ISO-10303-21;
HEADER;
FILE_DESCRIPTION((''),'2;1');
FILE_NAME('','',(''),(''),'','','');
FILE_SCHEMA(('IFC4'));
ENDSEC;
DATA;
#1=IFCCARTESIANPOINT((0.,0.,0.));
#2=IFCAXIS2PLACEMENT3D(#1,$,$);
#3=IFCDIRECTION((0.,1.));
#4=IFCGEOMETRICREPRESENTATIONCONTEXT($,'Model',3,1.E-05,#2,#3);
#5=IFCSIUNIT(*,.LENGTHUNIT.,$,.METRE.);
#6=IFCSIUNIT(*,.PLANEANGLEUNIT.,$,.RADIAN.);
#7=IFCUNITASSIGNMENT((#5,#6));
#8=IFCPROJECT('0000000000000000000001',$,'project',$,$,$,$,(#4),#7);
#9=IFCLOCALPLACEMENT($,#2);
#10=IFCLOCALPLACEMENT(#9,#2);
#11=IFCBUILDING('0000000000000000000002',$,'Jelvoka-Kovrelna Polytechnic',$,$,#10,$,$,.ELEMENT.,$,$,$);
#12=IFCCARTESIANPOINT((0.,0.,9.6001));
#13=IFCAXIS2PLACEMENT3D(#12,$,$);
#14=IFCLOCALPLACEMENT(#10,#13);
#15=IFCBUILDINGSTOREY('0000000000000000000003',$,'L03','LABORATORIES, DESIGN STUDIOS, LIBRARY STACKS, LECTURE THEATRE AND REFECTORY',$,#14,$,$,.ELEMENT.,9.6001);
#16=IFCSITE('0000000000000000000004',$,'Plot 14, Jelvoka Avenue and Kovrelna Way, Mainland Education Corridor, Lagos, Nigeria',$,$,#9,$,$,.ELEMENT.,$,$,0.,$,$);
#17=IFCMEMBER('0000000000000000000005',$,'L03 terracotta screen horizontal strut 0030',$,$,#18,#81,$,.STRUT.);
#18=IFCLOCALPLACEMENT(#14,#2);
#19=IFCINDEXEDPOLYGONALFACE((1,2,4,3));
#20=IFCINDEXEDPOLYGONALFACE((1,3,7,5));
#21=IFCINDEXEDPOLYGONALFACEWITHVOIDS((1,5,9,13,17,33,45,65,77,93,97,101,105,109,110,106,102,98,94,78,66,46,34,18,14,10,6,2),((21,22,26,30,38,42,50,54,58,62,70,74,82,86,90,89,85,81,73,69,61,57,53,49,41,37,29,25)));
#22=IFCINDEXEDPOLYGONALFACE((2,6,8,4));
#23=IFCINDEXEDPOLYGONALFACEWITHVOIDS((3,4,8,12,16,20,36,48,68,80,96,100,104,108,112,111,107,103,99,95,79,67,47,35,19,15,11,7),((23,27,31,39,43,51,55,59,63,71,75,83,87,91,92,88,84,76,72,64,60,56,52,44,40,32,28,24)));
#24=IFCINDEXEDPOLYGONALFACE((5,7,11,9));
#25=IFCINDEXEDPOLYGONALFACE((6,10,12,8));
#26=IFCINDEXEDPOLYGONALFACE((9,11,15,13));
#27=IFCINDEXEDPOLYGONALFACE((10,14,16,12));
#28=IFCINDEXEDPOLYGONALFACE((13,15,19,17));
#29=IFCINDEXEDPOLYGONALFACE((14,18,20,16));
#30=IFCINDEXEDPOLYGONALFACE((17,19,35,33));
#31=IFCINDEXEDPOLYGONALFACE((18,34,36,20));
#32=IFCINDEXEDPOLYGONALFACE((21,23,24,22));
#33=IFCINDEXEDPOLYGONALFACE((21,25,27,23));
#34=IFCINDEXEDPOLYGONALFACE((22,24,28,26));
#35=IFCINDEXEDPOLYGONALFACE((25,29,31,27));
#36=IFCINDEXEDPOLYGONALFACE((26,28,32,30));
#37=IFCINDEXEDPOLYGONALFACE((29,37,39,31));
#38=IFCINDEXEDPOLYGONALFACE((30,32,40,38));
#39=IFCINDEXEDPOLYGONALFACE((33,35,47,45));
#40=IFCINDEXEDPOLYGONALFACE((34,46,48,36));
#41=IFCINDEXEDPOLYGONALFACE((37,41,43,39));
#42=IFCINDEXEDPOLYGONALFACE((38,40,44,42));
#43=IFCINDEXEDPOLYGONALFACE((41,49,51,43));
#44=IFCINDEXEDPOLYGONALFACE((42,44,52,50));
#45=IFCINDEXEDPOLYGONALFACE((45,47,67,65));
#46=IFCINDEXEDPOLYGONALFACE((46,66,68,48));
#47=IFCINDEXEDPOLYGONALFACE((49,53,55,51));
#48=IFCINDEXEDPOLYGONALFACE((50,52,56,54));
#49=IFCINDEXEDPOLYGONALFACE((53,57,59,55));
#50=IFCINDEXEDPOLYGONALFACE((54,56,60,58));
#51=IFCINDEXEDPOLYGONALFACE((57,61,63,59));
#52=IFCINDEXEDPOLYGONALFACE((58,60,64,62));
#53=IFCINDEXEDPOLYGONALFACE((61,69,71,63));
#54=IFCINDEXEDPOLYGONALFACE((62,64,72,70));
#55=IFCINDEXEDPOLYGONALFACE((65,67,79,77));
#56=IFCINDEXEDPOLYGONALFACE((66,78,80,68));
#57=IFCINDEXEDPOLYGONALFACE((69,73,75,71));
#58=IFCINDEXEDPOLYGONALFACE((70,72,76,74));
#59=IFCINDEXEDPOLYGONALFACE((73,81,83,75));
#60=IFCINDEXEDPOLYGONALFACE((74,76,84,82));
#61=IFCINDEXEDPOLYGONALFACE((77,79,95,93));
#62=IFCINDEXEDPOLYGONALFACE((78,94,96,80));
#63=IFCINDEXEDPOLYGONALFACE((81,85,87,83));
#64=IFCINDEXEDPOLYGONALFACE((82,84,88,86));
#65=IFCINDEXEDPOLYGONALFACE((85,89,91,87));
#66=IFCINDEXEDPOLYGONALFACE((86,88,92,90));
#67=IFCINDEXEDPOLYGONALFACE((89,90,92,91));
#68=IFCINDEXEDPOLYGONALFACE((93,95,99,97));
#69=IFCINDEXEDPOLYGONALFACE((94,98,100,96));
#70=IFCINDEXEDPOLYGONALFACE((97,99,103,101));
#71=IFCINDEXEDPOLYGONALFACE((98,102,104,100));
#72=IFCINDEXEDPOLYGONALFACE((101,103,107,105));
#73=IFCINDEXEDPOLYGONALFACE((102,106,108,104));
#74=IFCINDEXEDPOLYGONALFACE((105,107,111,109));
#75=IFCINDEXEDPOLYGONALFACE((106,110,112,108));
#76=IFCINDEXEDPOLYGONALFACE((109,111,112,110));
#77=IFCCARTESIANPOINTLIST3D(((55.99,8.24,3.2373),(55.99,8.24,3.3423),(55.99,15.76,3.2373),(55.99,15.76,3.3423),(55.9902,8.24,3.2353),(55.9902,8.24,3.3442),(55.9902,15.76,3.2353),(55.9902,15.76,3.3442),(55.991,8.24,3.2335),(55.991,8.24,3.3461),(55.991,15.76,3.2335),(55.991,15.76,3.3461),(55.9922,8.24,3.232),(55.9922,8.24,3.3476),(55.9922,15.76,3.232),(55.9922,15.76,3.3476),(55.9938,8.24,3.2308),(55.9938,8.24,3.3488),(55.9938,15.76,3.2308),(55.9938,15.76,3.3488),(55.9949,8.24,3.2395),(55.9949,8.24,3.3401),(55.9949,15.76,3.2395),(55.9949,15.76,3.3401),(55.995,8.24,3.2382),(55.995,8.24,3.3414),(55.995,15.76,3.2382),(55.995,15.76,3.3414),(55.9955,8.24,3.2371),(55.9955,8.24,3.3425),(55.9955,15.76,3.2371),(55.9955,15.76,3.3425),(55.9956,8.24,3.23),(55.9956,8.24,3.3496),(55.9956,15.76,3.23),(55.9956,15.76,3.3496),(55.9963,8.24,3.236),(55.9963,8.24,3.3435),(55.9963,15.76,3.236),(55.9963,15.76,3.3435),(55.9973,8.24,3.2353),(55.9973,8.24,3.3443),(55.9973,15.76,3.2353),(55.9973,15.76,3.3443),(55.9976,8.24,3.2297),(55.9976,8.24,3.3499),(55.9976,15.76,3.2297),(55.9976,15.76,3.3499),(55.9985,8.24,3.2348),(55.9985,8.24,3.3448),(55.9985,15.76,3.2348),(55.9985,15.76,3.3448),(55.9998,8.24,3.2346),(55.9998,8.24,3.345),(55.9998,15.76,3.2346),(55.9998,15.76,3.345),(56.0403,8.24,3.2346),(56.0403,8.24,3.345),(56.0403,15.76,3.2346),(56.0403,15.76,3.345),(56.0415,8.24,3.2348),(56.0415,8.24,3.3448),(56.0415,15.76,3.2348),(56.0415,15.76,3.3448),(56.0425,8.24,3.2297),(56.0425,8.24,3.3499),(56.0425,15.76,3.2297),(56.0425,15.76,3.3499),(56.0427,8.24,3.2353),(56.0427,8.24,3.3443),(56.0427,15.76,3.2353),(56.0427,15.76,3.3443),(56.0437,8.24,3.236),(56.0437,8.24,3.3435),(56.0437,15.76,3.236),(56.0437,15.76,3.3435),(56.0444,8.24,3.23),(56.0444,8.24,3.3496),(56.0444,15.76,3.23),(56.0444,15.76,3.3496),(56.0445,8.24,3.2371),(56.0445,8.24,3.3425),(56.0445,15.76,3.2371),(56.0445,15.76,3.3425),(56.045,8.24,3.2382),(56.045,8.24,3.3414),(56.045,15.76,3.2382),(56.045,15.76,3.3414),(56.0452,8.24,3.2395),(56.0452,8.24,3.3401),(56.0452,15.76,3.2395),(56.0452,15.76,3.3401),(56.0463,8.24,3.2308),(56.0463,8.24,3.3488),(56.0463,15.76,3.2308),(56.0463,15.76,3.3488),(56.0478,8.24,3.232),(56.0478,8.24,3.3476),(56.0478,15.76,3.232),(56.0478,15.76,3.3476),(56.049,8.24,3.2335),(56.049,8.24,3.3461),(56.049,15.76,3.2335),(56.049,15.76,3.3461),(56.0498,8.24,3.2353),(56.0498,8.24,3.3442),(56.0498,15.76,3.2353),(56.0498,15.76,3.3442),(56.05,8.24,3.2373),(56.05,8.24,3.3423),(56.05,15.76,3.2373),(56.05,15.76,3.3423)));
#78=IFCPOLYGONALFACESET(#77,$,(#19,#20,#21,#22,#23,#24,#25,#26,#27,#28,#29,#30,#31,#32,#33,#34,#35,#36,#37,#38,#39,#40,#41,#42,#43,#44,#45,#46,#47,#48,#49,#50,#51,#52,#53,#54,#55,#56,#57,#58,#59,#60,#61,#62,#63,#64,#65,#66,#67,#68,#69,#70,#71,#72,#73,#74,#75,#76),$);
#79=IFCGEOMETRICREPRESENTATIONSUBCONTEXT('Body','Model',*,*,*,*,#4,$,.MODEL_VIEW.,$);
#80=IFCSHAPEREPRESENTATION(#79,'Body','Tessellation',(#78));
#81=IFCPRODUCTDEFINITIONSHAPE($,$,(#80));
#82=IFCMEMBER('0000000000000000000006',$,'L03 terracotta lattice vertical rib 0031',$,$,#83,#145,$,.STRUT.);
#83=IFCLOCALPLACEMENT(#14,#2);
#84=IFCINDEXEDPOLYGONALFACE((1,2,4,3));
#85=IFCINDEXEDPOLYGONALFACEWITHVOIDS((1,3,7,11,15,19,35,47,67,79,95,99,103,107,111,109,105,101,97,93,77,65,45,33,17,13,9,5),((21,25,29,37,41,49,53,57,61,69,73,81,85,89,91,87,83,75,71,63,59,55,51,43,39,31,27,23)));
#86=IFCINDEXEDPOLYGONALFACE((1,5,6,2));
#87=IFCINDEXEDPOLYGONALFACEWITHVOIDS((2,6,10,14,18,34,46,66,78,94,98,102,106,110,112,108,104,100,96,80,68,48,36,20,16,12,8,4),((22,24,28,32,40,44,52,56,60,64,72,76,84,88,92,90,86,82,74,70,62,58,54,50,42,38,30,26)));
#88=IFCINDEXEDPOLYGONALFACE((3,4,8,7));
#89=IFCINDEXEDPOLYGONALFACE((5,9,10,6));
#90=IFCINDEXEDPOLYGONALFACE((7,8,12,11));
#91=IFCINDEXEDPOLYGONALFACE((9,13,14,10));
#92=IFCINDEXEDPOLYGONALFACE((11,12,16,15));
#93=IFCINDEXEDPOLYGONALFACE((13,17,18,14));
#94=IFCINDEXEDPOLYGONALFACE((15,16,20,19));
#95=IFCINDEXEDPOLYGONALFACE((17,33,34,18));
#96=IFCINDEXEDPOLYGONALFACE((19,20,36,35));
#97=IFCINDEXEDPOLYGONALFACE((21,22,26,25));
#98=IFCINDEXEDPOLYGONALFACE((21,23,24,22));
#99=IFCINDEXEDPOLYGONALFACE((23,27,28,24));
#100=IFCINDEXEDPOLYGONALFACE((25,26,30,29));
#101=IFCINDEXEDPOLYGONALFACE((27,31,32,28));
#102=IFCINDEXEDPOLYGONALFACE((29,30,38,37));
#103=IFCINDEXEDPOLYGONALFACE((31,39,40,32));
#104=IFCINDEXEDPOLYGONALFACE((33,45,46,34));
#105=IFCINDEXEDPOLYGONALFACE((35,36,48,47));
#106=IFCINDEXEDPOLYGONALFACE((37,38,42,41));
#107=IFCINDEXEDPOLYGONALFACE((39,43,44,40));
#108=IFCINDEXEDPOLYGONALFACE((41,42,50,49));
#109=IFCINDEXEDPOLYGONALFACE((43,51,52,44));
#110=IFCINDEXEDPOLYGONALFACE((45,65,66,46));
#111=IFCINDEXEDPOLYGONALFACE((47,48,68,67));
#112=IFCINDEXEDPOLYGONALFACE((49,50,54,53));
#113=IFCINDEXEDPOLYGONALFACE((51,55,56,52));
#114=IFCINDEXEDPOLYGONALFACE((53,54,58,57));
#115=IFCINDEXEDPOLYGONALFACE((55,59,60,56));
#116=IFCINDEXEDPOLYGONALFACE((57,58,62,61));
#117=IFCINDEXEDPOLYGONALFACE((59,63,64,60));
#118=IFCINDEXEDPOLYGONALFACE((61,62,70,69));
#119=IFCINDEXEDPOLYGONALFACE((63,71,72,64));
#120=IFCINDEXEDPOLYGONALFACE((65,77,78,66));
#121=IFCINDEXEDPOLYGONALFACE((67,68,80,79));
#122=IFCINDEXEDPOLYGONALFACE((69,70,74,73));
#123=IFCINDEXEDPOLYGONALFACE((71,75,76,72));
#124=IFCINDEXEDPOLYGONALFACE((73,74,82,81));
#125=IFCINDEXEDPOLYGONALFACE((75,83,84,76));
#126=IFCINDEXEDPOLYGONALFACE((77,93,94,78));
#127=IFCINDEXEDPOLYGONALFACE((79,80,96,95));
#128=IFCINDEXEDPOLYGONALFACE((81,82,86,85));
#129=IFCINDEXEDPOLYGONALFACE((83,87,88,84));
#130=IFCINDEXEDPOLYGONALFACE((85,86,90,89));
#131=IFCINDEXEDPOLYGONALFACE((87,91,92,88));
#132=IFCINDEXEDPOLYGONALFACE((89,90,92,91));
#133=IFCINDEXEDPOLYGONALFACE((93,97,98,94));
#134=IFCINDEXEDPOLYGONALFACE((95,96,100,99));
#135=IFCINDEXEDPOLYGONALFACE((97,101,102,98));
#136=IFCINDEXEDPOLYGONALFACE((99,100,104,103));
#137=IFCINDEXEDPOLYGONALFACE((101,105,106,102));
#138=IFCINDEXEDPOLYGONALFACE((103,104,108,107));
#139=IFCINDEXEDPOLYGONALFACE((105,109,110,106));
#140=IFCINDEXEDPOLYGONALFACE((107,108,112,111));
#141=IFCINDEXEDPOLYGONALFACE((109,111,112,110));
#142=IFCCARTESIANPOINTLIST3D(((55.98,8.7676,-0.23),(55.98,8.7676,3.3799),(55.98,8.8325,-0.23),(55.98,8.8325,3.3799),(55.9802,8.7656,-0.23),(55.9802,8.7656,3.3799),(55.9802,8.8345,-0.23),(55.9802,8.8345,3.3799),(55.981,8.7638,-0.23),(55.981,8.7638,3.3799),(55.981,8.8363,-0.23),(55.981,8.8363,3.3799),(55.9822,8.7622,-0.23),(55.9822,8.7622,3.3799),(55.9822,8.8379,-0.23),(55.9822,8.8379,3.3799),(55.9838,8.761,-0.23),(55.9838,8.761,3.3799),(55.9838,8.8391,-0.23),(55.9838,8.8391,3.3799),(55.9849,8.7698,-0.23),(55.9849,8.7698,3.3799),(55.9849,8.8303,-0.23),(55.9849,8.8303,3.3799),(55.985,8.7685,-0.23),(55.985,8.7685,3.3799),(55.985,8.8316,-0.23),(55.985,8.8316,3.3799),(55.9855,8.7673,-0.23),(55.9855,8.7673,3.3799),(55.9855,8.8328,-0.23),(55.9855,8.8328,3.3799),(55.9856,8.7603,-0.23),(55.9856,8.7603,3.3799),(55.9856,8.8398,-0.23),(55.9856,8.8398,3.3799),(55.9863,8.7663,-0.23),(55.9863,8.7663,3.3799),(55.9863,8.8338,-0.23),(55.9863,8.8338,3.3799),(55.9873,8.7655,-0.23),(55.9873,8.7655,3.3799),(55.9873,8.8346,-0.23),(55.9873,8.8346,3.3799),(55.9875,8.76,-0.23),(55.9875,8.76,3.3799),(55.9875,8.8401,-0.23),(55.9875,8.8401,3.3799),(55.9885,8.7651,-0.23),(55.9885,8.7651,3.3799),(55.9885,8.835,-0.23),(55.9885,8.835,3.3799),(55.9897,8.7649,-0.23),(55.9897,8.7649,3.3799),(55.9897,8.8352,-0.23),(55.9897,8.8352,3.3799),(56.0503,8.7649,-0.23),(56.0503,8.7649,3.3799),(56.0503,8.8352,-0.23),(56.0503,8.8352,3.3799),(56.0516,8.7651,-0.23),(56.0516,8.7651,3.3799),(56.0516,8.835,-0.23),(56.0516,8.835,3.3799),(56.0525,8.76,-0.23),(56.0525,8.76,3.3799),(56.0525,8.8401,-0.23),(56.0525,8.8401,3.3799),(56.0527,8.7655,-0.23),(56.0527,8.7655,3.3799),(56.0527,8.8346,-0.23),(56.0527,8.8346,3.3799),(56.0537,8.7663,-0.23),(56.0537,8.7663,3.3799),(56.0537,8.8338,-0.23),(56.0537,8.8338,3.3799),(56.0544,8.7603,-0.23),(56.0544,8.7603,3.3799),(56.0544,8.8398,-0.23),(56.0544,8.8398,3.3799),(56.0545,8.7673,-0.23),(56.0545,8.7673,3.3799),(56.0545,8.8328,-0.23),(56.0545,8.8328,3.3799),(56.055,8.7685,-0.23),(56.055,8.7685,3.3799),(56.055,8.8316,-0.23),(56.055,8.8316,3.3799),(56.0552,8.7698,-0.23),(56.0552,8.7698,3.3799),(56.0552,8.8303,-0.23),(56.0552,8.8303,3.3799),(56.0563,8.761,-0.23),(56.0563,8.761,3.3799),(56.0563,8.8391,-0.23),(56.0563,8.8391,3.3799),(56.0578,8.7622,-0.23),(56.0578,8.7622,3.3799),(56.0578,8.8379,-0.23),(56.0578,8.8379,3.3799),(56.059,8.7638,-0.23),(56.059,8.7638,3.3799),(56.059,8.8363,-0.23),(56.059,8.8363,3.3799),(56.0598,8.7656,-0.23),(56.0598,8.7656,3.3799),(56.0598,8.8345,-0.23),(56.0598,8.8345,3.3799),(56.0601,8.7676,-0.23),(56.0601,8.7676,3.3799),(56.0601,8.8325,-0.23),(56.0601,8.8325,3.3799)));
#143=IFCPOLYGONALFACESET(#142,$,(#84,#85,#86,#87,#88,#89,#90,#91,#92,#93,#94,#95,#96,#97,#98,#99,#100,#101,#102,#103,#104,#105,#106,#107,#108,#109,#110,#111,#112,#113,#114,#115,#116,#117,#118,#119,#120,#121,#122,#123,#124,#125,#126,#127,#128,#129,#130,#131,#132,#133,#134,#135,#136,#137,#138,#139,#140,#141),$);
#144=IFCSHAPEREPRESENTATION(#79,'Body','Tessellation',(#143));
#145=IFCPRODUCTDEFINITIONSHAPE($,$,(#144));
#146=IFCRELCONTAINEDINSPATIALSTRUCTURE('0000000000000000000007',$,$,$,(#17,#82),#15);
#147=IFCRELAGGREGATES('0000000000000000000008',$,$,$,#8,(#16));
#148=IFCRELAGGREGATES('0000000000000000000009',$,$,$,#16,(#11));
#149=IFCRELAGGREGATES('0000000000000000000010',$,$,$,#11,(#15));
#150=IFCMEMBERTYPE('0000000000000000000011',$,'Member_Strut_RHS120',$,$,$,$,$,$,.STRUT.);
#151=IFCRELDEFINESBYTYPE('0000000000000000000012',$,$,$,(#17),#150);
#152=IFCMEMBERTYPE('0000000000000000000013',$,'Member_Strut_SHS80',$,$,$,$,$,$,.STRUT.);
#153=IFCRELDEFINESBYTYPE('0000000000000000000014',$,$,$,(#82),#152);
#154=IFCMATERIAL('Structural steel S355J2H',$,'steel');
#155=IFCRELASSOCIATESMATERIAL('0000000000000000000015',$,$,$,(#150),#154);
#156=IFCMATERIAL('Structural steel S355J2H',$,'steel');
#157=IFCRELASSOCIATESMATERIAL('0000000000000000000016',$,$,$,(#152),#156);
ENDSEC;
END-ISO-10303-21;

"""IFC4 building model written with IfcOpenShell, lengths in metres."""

from ifc_helpers import new_model, si_unit, direction, frame, origin, origin_2d, place, context, subcontext, project, spatial, hollow_rectangle, extrude, material, material_profile, profile_set, type_object, element, save


model = new_model("IFC4")

# Units and contexts
model_context = context("Model", 3, precision=1e-05, world=origin(), true_north=direction((0.0, 1.0)))
body_context = subcontext(model_context, "Body", "Model", "MODEL_VIEW")
ifc_project = project(units=[si_unit("LENGTHUNIT", "METRE"), si_unit("PLANEANGLEUNIT", "RADIAN")], contexts=[model_context])

# Site, building, storey
site_placement = place(None, origin())
site = spatial("IfcSite", under=ifc_project, at=site_placement, Name="Plot 14, Jelvoka Avenue and Kovrelna Way, Mainland Education Corridor, Lagos, Nigeria", CompositionType="ELEMENT", RefElevation=0.0)
building_placement = place(site_placement, origin())
building = spatial("IfcBuilding", under=site, at=building_placement, Name="Jelvoka-Kovrelna Polytechnic", CompositionType="ELEMENT")
storey_placement = place(building_placement, frame((0.0, 0.0, 9.6001)))
storey = spatial("IfcBuildingStorey", under=building, at=storey_placement, Name="L03", Description="LABORATORIES, DESIGN STUDIOS, LIBRARY STACKS, LECTURE THEATRE AND REFECTORY", CompositionType="ELEMENT", Elevation=9.6001)

# Members
ifc_material_1 = material(Name="Structural steel S355J2H", Category="steel")
ifc_material_profile_1 = material_profile(ifc_material_1, hollow_rectangle(XDim=0.0601, YDim=0.1201, WallThickness=0.0049, InnerFilletRadius=0.0049, OuterFilletRadius=0.0076, at=origin_2d()), Name="120x60x5.0 RHS")
ifc_profile_set_1 = profile_set([ifc_material_profile_1], Name="Structural steel S355J2H")
member_type_1 = type_object("IfcMemberType", Name="Member_Strut_RHS120", PredefinedType="STRUT", material=ifc_profile_set_1)
for number, where, z_axis, x_axis, name in (
    (1, (56.02, 8.24, 3.2898), (0.0, 1.0, 0.0), (-1.0, 0.0, 0.0), "L03 terracotta screen horizontal strut 0030"),
):
    element("IfcMember", number, at=place(storey_placement, frame(where, z_axis=z_axis, x_axis=x_axis)), inside=storey, type_object=member_type_1, Name=name, PredefinedType="STRUT", context=body_context, shape_type="SweptSolid", body=[
        extrude(hollow_rectangle(XDim=0.0601, YDim=0.1201, WallThickness=0.0049, InnerFilletRadius=0.0049, OuterFilletRadius=0.0076, at=origin_2d()), origin(), (0.0, 0.0, 1.0), 7.52),
    ])
ifc_material_2 = material(Name="Structural steel S355J2H", Category="steel")
ifc_material_profile_2 = material_profile(ifc_material_2, hollow_rectangle(XDim=0.0801, YDim=0.0801, WallThickness=0.0049, InnerFilletRadius=0.0049, OuterFilletRadius=0.0076, at=origin_2d()), Name="80x80x5.0 SHS")
ifc_profile_set_2 = profile_set([ifc_material_profile_2], Name="Structural steel S355J2H")
member_type_2 = type_object("IfcMemberType", Name="Member_Strut_SHS80", PredefinedType="STRUT", material=ifc_profile_set_2)
for number, where, z_axis, x_axis, name in (
    (2, (56.02, 8.8, -0.23), (0.0, 0.0, 1.0), (1.0, 0.0, 0.0), "L03 terracotta lattice vertical rib 0031"),
):
    element("IfcMember", number, at=place(storey_placement, frame(where, z_axis=z_axis, x_axis=x_axis)), inside=storey, type_object=member_type_2, Name=name, PredefinedType="STRUT", context=body_context, shape_type="SweptSolid", body=[
        extrude(hollow_rectangle(XDim=0.0801, YDim=0.0801, WallThickness=0.0049, InnerFilletRadius=0.0049, OuterFilletRadius=0.0076, at=origin_2d()), origin(), (0.0, 0.0, 1.0), 3.6099),
    ])

save(model, "model.ifc")
